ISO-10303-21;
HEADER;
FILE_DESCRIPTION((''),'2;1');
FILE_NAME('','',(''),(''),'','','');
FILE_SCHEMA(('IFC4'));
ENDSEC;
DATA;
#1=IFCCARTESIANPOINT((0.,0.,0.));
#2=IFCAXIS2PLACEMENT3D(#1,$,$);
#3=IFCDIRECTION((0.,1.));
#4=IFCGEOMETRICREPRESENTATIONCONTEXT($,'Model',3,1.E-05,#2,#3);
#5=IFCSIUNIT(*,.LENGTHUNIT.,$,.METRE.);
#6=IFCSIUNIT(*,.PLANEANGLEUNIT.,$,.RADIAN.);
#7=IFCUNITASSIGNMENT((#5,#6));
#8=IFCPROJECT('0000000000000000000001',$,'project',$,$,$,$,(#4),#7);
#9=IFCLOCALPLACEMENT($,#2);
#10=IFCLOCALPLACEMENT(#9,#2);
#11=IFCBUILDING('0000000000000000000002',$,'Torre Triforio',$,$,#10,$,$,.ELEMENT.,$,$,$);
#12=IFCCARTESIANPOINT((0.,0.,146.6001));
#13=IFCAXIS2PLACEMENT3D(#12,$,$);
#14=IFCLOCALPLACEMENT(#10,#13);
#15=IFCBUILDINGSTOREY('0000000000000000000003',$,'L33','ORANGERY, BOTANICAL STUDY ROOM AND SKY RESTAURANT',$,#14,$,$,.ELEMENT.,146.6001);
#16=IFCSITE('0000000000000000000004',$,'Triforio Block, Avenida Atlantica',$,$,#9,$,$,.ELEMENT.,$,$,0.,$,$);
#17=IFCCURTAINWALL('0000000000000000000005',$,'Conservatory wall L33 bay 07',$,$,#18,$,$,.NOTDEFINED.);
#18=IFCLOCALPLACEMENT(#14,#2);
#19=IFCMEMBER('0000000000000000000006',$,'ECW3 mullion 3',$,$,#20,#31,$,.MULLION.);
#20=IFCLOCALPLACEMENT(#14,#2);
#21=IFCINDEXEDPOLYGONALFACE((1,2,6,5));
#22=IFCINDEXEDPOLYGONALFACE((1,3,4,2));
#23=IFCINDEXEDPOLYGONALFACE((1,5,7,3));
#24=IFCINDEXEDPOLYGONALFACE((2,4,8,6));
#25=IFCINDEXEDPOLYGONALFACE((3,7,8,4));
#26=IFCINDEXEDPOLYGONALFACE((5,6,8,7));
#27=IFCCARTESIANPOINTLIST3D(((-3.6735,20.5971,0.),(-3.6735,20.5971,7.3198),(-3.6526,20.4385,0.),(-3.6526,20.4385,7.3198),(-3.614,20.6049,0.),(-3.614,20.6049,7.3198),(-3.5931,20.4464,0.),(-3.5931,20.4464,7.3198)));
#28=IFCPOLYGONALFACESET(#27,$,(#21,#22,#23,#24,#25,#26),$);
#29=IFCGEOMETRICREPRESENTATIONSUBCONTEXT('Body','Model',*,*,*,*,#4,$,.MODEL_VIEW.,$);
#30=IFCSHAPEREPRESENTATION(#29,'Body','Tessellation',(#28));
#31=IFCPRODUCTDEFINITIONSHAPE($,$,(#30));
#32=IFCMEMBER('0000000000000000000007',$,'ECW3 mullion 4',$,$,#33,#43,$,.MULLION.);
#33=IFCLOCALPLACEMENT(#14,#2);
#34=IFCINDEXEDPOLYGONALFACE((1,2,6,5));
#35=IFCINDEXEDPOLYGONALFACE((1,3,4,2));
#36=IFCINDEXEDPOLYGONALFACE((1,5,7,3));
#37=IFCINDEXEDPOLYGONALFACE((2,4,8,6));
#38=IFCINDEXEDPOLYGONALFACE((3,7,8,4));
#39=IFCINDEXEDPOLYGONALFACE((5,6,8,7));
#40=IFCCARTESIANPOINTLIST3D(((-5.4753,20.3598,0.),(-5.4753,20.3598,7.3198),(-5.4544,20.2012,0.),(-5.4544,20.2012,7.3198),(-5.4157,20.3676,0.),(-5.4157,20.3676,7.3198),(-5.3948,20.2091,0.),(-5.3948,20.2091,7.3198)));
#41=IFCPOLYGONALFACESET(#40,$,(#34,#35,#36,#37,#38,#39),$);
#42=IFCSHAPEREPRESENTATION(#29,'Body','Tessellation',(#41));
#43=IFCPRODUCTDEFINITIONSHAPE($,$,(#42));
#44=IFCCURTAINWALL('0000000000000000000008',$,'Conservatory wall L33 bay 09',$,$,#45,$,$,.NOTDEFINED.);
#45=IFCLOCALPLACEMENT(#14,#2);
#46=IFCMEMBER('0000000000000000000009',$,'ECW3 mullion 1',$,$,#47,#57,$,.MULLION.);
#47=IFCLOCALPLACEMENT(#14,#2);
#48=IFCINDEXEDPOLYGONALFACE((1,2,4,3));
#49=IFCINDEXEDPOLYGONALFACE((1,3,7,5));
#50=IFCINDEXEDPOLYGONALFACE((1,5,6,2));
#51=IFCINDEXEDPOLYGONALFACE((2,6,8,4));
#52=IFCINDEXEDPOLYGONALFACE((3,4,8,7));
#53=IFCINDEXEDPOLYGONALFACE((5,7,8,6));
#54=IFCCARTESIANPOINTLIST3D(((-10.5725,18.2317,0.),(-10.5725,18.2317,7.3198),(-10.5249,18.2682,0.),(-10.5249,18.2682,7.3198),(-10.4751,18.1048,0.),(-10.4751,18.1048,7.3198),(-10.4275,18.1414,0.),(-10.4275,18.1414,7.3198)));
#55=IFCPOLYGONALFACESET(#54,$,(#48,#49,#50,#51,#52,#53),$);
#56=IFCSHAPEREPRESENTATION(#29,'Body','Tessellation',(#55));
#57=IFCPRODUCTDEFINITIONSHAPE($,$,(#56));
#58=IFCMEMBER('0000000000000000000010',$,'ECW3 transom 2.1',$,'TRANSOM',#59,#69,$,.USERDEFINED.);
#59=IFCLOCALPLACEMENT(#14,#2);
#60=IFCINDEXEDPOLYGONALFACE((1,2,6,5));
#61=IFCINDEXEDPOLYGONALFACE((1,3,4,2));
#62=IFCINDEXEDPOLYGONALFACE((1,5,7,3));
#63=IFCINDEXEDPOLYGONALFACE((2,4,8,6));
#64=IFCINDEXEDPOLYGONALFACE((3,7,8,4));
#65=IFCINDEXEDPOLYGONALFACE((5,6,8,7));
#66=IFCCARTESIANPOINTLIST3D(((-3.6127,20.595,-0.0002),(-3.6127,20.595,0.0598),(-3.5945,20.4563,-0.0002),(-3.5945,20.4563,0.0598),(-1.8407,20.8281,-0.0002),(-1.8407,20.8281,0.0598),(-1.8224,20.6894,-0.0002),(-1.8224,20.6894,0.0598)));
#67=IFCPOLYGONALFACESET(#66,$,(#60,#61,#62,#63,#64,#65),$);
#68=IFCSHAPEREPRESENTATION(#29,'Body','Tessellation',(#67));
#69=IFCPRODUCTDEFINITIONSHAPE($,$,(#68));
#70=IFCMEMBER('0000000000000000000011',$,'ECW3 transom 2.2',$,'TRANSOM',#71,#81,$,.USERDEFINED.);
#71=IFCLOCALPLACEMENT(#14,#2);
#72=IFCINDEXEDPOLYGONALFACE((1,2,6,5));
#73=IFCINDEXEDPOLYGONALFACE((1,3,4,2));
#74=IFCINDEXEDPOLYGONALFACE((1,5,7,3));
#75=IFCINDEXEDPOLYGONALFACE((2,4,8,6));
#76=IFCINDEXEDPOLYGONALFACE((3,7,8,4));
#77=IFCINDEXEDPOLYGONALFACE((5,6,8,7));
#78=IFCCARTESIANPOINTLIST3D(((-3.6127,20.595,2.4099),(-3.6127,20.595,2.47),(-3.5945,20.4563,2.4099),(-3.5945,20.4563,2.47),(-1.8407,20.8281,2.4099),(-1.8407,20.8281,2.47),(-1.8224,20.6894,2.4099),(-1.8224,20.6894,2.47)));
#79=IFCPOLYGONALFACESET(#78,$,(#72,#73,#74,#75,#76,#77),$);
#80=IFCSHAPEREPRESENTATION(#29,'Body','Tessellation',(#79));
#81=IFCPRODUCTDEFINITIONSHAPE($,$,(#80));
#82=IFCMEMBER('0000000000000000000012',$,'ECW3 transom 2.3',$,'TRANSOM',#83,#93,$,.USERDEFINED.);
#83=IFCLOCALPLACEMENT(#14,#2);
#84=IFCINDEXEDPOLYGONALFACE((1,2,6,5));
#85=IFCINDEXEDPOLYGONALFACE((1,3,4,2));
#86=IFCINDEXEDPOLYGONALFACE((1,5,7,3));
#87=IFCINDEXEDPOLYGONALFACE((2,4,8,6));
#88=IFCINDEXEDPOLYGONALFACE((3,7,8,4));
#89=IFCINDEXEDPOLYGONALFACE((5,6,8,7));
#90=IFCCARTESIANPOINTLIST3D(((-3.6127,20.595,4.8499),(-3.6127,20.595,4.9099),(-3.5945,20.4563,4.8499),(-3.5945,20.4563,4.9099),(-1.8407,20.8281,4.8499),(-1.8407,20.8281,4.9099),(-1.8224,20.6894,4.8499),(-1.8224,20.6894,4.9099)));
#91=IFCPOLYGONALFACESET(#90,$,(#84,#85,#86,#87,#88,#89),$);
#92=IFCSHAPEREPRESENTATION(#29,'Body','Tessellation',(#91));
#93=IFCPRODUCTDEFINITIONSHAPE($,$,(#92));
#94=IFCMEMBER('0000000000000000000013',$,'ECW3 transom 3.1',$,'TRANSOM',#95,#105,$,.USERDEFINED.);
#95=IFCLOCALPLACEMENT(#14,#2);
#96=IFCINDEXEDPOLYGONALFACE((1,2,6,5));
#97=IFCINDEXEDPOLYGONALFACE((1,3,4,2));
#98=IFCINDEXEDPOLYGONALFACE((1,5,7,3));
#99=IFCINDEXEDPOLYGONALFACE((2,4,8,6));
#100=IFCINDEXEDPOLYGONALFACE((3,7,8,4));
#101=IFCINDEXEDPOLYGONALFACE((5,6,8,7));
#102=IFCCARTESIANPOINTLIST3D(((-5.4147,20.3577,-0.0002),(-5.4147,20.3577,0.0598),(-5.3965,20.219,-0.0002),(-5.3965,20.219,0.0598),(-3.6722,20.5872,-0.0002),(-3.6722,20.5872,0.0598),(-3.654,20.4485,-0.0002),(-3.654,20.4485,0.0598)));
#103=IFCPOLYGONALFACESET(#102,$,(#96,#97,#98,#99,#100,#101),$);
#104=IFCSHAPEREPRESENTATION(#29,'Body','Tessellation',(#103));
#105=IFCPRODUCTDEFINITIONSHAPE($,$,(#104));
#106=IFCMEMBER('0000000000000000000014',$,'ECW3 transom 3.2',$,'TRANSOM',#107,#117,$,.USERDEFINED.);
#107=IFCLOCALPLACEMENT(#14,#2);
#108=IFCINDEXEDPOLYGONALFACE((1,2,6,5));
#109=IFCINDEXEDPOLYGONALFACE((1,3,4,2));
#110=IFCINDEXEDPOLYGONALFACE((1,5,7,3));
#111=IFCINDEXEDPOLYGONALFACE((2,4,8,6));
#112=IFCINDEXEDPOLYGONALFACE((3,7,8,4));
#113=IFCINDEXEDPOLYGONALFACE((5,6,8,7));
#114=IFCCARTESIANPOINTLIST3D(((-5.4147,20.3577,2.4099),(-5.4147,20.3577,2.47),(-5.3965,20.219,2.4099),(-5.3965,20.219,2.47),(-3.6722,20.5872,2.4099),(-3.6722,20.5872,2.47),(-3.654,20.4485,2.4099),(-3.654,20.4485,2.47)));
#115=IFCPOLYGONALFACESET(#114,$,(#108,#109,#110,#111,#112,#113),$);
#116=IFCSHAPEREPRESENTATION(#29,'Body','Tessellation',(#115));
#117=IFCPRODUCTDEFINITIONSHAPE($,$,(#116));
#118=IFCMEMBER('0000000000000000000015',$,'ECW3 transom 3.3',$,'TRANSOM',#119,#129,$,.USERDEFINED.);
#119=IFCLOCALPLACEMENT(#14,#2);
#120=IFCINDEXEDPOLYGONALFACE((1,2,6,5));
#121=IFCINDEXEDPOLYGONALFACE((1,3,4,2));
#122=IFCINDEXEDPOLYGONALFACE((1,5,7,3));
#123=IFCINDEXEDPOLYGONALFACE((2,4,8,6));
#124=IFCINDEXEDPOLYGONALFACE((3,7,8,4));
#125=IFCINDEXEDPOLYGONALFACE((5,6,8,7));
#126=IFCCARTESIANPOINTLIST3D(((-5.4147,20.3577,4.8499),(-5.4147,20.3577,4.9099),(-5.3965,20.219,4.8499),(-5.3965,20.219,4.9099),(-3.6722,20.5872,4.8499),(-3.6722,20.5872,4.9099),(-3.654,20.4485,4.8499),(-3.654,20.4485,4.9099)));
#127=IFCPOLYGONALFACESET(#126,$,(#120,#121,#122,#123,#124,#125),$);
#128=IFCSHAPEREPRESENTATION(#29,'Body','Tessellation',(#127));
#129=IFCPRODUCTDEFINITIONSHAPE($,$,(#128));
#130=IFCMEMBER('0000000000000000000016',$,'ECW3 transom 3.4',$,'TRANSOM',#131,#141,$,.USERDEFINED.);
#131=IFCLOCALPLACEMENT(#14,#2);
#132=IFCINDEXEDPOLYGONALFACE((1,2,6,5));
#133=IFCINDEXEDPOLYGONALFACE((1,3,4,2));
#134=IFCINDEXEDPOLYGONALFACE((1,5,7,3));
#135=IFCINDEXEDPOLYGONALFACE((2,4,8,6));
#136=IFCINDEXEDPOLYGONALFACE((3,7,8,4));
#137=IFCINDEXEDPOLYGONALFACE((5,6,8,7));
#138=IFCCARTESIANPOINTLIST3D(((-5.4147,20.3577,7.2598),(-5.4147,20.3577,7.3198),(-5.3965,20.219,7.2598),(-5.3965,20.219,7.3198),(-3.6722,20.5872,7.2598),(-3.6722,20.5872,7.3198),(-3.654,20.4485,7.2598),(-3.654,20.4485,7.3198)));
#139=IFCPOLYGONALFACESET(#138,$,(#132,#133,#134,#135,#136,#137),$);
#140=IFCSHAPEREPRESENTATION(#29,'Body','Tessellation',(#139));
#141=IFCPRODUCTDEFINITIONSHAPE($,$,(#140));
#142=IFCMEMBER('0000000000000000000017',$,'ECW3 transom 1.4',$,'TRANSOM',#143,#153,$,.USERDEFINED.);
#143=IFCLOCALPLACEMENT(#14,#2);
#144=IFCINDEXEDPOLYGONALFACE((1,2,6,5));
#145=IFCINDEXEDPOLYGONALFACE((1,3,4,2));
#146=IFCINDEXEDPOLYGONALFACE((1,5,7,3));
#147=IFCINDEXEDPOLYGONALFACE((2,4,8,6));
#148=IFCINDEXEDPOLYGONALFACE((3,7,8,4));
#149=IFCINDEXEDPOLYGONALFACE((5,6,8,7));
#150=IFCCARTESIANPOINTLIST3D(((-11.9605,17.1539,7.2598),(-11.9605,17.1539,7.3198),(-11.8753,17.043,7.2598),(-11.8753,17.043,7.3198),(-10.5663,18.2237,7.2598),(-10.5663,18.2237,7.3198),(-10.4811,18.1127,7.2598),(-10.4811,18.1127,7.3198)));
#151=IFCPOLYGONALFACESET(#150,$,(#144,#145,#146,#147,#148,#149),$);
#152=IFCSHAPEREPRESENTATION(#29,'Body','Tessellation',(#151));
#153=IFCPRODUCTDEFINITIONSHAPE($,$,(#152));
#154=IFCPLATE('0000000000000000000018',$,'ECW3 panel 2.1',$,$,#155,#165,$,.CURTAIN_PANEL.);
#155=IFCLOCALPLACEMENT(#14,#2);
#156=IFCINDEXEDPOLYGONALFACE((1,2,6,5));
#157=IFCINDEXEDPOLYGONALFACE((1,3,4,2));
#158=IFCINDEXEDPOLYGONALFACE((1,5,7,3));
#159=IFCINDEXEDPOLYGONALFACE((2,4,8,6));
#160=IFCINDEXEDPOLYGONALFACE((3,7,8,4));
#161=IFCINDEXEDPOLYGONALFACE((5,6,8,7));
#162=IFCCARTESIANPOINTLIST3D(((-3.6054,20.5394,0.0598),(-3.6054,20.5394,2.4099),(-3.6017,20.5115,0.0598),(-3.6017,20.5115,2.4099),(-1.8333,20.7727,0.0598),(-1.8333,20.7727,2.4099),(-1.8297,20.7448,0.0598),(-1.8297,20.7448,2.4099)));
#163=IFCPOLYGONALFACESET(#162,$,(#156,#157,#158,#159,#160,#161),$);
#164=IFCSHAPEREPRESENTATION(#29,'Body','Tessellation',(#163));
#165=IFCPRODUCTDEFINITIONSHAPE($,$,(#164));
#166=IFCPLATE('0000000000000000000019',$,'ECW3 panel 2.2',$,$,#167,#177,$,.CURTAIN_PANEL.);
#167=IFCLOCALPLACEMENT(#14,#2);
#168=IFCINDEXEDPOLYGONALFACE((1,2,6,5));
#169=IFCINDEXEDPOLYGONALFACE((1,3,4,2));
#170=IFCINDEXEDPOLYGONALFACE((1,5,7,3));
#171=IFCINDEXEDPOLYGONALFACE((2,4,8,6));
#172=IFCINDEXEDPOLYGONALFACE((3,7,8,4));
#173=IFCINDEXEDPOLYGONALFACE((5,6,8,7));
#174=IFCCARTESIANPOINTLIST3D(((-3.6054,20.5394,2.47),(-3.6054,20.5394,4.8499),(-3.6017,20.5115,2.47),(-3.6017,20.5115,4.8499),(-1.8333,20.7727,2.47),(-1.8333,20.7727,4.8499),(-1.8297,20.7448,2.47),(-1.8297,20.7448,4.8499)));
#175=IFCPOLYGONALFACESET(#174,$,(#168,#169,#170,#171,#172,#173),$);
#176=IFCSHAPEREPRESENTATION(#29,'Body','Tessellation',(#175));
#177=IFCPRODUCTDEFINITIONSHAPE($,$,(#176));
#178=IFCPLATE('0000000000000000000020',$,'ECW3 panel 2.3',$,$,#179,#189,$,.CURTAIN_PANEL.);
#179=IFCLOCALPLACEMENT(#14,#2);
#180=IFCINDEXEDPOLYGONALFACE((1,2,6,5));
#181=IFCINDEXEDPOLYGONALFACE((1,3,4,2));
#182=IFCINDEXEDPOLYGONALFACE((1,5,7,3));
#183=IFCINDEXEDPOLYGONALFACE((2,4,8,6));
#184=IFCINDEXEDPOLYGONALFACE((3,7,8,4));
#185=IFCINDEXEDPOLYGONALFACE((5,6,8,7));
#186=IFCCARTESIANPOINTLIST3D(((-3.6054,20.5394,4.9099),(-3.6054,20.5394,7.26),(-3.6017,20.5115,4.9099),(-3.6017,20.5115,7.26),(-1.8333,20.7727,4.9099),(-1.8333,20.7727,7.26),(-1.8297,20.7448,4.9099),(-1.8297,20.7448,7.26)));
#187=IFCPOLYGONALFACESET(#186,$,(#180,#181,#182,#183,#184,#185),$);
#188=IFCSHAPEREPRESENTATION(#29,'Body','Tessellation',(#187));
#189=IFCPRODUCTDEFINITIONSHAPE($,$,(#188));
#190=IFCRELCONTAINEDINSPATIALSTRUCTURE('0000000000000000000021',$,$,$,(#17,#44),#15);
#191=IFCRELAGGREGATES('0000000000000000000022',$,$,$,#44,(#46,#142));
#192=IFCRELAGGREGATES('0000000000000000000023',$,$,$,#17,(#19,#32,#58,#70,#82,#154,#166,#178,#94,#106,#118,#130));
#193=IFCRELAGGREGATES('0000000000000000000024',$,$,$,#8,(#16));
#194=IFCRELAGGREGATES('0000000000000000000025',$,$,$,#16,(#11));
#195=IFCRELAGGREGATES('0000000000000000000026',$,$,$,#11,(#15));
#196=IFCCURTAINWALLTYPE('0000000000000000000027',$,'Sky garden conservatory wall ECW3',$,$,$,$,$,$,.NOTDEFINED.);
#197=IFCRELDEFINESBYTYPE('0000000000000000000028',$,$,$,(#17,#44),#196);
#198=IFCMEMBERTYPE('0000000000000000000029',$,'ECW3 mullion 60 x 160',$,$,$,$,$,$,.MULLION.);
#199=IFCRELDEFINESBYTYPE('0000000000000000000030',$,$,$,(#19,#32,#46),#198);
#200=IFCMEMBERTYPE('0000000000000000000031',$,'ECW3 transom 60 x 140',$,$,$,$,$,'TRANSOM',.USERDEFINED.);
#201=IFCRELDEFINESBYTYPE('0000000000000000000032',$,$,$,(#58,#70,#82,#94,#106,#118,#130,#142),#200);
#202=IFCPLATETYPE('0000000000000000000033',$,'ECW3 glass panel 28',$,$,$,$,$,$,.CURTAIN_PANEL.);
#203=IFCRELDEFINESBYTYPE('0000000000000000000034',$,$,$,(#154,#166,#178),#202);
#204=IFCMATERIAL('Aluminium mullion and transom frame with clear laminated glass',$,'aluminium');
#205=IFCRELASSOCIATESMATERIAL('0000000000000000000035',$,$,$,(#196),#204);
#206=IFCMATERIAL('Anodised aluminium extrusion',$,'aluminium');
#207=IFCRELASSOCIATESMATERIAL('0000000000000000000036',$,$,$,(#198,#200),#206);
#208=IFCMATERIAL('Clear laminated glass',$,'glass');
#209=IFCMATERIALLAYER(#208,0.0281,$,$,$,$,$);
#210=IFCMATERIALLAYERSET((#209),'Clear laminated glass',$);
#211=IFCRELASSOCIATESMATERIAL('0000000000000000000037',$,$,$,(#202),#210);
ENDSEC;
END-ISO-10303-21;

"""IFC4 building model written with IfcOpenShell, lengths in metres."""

from ifc_helpers import new_model, si_unit, direction, frame, origin, origin_2d, place, context, subcontext, project, spatial, rectangle, extrude, material, layer, layer_set, material_profile, profile_set, type_object, element, aggregate, save


model = new_model("IFC4")

# Units and contexts
model_context = context("Model", 3, precision=1e-05, world=origin(), true_north=direction((0.0, 1.0)))
body_context = subcontext(model_context, "Body", "Model", "MODEL_VIEW")
ifc_project = project(units=[si_unit("LENGTHUNIT", "METRE"), si_unit("PLANEANGLEUNIT", "RADIAN")], contexts=[model_context])

# Site, building, storey
site_placement = place(None, origin())
site = spatial("IfcSite", under=ifc_project, at=site_placement, Name="Triforio Block, Avenida Atlantica", CompositionType="ELEMENT", RefElevation=0.0)
building_placement = place(site_placement, origin())
building = spatial("IfcBuilding", under=site, at=building_placement, Name="Torre Triforio", CompositionType="ELEMENT")
storey_placement = place(building_placement, frame((0.0, 0.0, 146.6001)))
storey = spatial("IfcBuildingStorey", under=building, at=storey_placement, Name="L33", Description="ORANGERY, BOTANICAL STUDY ROOM AND SKY RESTAURANT", CompositionType="ELEMENT", Elevation=146.6001)

# Curtain wall, members
ifc_material_1 = material(Name="Aluminium mullion and transom frame with clear laminated glass", Category="aluminium")
curtain_wall_type = type_object("IfcCurtainWallType", Name="Sky garden conservatory wall ECW3", PredefinedType="NOTDEFINED", material=ifc_material_1)
curtain_wall_1_placement = place(storey_placement, origin())
curtain_wall_1 = element("IfcCurtainWall", 1, at=curtain_wall_1_placement, inside=storey, type_object=curtain_wall_type, Name="Conservatory wall L33 bay 07", PredefinedType="NOTDEFINED")
ifc_material_2 = material(Name="Anodised aluminium extrusion", Category="aluminium")
ifc_material_profile_1 = material_profile(ifc_material_2, rectangle(XDim=0.1599, YDim=0.0601, at=origin_2d()), Name="ECW3 MULLION 60x160")
ifc_profile_set_1 = profile_set([ifc_material_profile_1], Name="Anodised aluminium extrusion")
member_type_1 = type_object("IfcMemberType", Name="ECW3 mullion 60 x 160", PredefinedType="MULLION", material=ifc_profile_set_1)
member_1_placement = place(storey_placement, frame((-3.6333, 20.5217, 0.0), z_axis=(0.0, 0.0, 1.0), x_axis=(0.13053, -0.991444, 0.0)))
member_1 = element("IfcMember", 2, at=member_1_placement, type_object=member_type_1, Name="ECW3 mullion 3", PredefinedType="MULLION", context=body_context, shape_type="SweptSolid", body=[
    extrude(rectangle(XDim=0.1599, YDim=0.0601, at=origin_2d()), origin(), (0.0, 0.0, 1.0), 7.3198),
])
member_2_placement = place(storey_placement, frame((-5.4351, 20.2844, 0.0), z_axis=(0.0, 0.0, 1.0), x_axis=(0.13053, -0.991444, 0.0)))
member_2 = element("IfcMember", 3, at=member_2_placement, type_object=member_type_1, Name="ECW3 mullion 4", PredefinedType="MULLION", context=body_context, shape_type="SweptSolid", body=[
    extrude(rectangle(XDim=0.1599, YDim=0.0601, at=origin_2d()), origin(), (0.0, 0.0, 1.0), 7.3198),
])

# Curtain wall, member
curtain_wall_2_placement = place(storey_placement, origin())
curtain_wall_2 = element("IfcCurtainWall", 4, at=curtain_wall_2_placement, inside=storey, type_object=curtain_wall_type, Name="Conservatory wall L33 bay 09", PredefinedType="NOTDEFINED")
member_3_placement = place(storey_placement, frame((-10.5, 18.1865, 0.0), z_axis=(0.0, 0.0, 1.0), x_axis=(0.608763, -0.793352, 0.0)))
member_3 = element("IfcMember", 5, at=member_3_placement, type_object=member_type_1, Name="ECW3 mullion 1", PredefinedType="MULLION", context=body_context, shape_type="SweptSolid", body=[
    extrude(rectangle(XDim=0.1599, YDim=0.0601, at=origin_2d()), origin(), (0.0, 0.0, 1.0), 7.3198),
])

# Members
ifc_material_profile_2 = material_profile(ifc_material_2, rectangle(XDim=0.1399, YDim=0.0601, at=origin_2d()), Name="ECW3 TRANSOM 60x140")
ifc_profile_set_2 = profile_set([ifc_material_profile_2], Name="Anodised aluminium extrusion")
member_type_2 = type_object("IfcMemberType", Name="ECW3 transom 60 x 140", ElementType="TRANSOM", PredefinedType="USERDEFINED", material=ifc_profile_set_2)
member_4_placement = place(storey_placement, frame((-1.8315, 20.7588, 0.0298), z_axis=(-0.991454, -0.130455, 0.0), x_axis=(0.130455, -0.991454, 0.0)))
member_4 = element("IfcMember", 6, at=member_4_placement, type_object=member_type_2, Name="ECW3 transom 2.1", ObjectType="TRANSOM", PredefinedType="USERDEFINED", context=body_context, shape_type="SweptSolid", body=[
    extrude(rectangle(XDim=0.1399, YDim=0.0601, at=origin_2d()), origin(), (0.0, 0.0, 1.0), 1.7874),
])
member_5_placement = place(storey_placement, frame((-1.8315, 20.7588, 2.4399), z_axis=(-0.991454, -0.130455, 0.0), x_axis=(0.130455, -0.991454, 0.0)))
member_5 = element("IfcMember", 7, at=member_5_placement, type_object=member_type_2, Name="ECW3 transom 2.2", ObjectType="TRANSOM", PredefinedType="USERDEFINED", context=body_context, shape_type="SweptSolid", body=[
    extrude(rectangle(XDim=0.1399, YDim=0.0601, at=origin_2d()), origin(), (0.0, 0.0, 1.0), 1.7874),
])
member_6_placement = place(storey_placement, frame((-1.8315, 20.7588, 4.8799), z_axis=(-0.991454, -0.130455, 0.0), x_axis=(0.130455, -0.991454, 0.0)))
member_6 = element("IfcMember", 8, at=member_6_placement, type_object=member_type_2, Name="ECW3 transom 2.3", ObjectType="TRANSOM", PredefinedType="USERDEFINED", context=body_context, shape_type="SweptSolid", body=[
    extrude(rectangle(XDim=0.1399, YDim=0.0601, at=origin_2d()), origin(), (0.0, 0.0, 1.0), 1.7874),
])
member_7_placement = place(storey_placement, frame((-3.6631, 20.5178, 0.0298), z_axis=(-0.991438, -0.13058, 0.0), x_axis=(0.13058, -0.991438, 0.0)))
member_7 = element("IfcMember", 9, at=member_7_placement, type_object=member_type_2, Name="ECW3 transom 3.1", ObjectType="TRANSOM", PredefinedType="USERDEFINED", context=body_context, shape_type="SweptSolid", body=[
    extrude(rectangle(XDim=0.1399, YDim=0.0601, at=origin_2d()), origin(), (0.0, 0.0, 1.0), 1.7576),
])
member_8_placement = place(storey_placement, frame((-3.6631, 20.5178, 2.4399), z_axis=(-0.991438, -0.13058, 0.0), x_axis=(0.13058, -0.991438, 0.0)))
member_8 = element("IfcMember", 10, at=member_8_placement, type_object=member_type_2, Name="ECW3 transom 3.2", ObjectType="TRANSOM", PredefinedType="USERDEFINED", context=body_context, shape_type="SweptSolid", body=[
    extrude(rectangle(XDim=0.1399, YDim=0.0601, at=origin_2d()), origin(), (0.0, 0.0, 1.0), 1.7576),
])
member_9_placement = place(storey_placement, frame((-3.6631, 20.5178, 4.8799), z_axis=(-0.991438, -0.13058, 0.0), x_axis=(0.13058, -0.991438, 0.0)))
member_9 = element("IfcMember", 11, at=member_9_placement, type_object=member_type_2, Name="ECW3 transom 3.3", ObjectType="TRANSOM", PredefinedType="USERDEFINED", context=body_context, shape_type="SweptSolid", body=[
    extrude(rectangle(XDim=0.1399, YDim=0.0601, at=origin_2d()), origin(), (0.0, 0.0, 1.0), 1.7576),
])
member_10_placement = place(storey_placement, frame((-3.6631, 20.5178, 7.2898), z_axis=(-0.991438, -0.13058, 0.0), x_axis=(0.13058, -0.991438, 0.0)))
member_10 = element("IfcMember", 12, at=member_10_placement, type_object=member_type_2, Name="ECW3 transom 3.4", ObjectType="TRANSOM", PredefinedType="USERDEFINED", context=body_context, shape_type="SweptSolid", body=[
    extrude(rectangle(XDim=0.1399, YDim=0.0601, at=origin_2d()), origin(), (0.0, 0.0, 1.0), 1.7576),
])
member_11_placement = place(storey_placement, frame((-10.5237, 18.1682, 7.2898), z_axis=(-0.793367, -0.608744, 0.0), x_axis=(0.608744, -0.793367, 0.0)))
member_11 = element("IfcMember", 13, at=member_11_placement, type_object=member_type_2, Name="ECW3 transom 1.4", ObjectType="TRANSOM", PredefinedType="USERDEFINED", context=body_context, shape_type="SweptSolid", body=[
    extrude(rectangle(XDim=0.1399, YDim=0.0601, at=origin_2d()), origin(), (0.0, 0.0, 1.0), 1.7573),
])
aggregate(curtain_wall_2, [member_3, member_11])

# Plates
ifc_material_3 = material(Name="Clear laminated glass", Category="glass")
ifc_layer_1 = layer(ifc_material_3, 0.0281)
ifc_layer_set_1 = layer_set([ifc_layer_1], Name="Clear laminated glass")
plate_type = type_object("IfcPlateType", Name="ECW3 glass panel 28", PredefinedType="CURTAIN_PANEL", material=ifc_layer_set_1)
plate_1_placement = place(storey_placement, frame((-2.7175, 20.6421, 0.0598), z_axis=(0.0, 0.0, 1.0), x_axis=(-0.991444, -0.13053, 0.0)))
plate_1 = element("IfcPlate", 14, at=plate_1_placement, type_object=plate_type, Name="ECW3 panel 2.1", PredefinedType="CURTAIN_PANEL", context=body_context, shape_type="SweptSolid", body=[
    extrude(rectangle(XDim=1.7874, YDim=0.0281, at=origin_2d()), origin(), (0.0, 0.0, 1.0), 2.3501),
])
plate_2_placement = place(storey_placement, frame((-2.7175, 20.6421, 2.47), z_axis=(0.0, 0.0, 1.0), x_axis=(-0.991444, -0.13053, 0.0)))
plate_2 = element("IfcPlate", 15, at=plate_2_placement, type_object=plate_type, Name="ECW3 panel 2.2", PredefinedType="CURTAIN_PANEL", context=body_context, shape_type="SweptSolid", body=[
    extrude(rectangle(XDim=1.7874, YDim=0.0281, at=origin_2d()), origin(), (0.0, 0.0, 1.0), 2.3799),
])
plate_3_placement = place(storey_placement, frame((-2.7175, 20.6421, 4.9099), z_axis=(0.0, 0.0, 1.0), x_axis=(-0.991444, -0.13053, 0.0)))
plate_3 = element("IfcPlate", 16, at=plate_3_placement, type_object=plate_type, Name="ECW3 panel 2.3", PredefinedType="CURTAIN_PANEL", context=body_context, shape_type="SweptSolid", body=[
    extrude(rectangle(XDim=1.7874, YDim=0.0281, at=origin_2d()), origin(), (0.0, 0.0, 1.0), 2.3501),
])
aggregate(curtain_wall_1, [member_1, member_2, member_4, member_5, member_6, plate_1, plate_2, plate_3, member_7, member_8, member_9, member_10])

save(model, "model.ifc")
